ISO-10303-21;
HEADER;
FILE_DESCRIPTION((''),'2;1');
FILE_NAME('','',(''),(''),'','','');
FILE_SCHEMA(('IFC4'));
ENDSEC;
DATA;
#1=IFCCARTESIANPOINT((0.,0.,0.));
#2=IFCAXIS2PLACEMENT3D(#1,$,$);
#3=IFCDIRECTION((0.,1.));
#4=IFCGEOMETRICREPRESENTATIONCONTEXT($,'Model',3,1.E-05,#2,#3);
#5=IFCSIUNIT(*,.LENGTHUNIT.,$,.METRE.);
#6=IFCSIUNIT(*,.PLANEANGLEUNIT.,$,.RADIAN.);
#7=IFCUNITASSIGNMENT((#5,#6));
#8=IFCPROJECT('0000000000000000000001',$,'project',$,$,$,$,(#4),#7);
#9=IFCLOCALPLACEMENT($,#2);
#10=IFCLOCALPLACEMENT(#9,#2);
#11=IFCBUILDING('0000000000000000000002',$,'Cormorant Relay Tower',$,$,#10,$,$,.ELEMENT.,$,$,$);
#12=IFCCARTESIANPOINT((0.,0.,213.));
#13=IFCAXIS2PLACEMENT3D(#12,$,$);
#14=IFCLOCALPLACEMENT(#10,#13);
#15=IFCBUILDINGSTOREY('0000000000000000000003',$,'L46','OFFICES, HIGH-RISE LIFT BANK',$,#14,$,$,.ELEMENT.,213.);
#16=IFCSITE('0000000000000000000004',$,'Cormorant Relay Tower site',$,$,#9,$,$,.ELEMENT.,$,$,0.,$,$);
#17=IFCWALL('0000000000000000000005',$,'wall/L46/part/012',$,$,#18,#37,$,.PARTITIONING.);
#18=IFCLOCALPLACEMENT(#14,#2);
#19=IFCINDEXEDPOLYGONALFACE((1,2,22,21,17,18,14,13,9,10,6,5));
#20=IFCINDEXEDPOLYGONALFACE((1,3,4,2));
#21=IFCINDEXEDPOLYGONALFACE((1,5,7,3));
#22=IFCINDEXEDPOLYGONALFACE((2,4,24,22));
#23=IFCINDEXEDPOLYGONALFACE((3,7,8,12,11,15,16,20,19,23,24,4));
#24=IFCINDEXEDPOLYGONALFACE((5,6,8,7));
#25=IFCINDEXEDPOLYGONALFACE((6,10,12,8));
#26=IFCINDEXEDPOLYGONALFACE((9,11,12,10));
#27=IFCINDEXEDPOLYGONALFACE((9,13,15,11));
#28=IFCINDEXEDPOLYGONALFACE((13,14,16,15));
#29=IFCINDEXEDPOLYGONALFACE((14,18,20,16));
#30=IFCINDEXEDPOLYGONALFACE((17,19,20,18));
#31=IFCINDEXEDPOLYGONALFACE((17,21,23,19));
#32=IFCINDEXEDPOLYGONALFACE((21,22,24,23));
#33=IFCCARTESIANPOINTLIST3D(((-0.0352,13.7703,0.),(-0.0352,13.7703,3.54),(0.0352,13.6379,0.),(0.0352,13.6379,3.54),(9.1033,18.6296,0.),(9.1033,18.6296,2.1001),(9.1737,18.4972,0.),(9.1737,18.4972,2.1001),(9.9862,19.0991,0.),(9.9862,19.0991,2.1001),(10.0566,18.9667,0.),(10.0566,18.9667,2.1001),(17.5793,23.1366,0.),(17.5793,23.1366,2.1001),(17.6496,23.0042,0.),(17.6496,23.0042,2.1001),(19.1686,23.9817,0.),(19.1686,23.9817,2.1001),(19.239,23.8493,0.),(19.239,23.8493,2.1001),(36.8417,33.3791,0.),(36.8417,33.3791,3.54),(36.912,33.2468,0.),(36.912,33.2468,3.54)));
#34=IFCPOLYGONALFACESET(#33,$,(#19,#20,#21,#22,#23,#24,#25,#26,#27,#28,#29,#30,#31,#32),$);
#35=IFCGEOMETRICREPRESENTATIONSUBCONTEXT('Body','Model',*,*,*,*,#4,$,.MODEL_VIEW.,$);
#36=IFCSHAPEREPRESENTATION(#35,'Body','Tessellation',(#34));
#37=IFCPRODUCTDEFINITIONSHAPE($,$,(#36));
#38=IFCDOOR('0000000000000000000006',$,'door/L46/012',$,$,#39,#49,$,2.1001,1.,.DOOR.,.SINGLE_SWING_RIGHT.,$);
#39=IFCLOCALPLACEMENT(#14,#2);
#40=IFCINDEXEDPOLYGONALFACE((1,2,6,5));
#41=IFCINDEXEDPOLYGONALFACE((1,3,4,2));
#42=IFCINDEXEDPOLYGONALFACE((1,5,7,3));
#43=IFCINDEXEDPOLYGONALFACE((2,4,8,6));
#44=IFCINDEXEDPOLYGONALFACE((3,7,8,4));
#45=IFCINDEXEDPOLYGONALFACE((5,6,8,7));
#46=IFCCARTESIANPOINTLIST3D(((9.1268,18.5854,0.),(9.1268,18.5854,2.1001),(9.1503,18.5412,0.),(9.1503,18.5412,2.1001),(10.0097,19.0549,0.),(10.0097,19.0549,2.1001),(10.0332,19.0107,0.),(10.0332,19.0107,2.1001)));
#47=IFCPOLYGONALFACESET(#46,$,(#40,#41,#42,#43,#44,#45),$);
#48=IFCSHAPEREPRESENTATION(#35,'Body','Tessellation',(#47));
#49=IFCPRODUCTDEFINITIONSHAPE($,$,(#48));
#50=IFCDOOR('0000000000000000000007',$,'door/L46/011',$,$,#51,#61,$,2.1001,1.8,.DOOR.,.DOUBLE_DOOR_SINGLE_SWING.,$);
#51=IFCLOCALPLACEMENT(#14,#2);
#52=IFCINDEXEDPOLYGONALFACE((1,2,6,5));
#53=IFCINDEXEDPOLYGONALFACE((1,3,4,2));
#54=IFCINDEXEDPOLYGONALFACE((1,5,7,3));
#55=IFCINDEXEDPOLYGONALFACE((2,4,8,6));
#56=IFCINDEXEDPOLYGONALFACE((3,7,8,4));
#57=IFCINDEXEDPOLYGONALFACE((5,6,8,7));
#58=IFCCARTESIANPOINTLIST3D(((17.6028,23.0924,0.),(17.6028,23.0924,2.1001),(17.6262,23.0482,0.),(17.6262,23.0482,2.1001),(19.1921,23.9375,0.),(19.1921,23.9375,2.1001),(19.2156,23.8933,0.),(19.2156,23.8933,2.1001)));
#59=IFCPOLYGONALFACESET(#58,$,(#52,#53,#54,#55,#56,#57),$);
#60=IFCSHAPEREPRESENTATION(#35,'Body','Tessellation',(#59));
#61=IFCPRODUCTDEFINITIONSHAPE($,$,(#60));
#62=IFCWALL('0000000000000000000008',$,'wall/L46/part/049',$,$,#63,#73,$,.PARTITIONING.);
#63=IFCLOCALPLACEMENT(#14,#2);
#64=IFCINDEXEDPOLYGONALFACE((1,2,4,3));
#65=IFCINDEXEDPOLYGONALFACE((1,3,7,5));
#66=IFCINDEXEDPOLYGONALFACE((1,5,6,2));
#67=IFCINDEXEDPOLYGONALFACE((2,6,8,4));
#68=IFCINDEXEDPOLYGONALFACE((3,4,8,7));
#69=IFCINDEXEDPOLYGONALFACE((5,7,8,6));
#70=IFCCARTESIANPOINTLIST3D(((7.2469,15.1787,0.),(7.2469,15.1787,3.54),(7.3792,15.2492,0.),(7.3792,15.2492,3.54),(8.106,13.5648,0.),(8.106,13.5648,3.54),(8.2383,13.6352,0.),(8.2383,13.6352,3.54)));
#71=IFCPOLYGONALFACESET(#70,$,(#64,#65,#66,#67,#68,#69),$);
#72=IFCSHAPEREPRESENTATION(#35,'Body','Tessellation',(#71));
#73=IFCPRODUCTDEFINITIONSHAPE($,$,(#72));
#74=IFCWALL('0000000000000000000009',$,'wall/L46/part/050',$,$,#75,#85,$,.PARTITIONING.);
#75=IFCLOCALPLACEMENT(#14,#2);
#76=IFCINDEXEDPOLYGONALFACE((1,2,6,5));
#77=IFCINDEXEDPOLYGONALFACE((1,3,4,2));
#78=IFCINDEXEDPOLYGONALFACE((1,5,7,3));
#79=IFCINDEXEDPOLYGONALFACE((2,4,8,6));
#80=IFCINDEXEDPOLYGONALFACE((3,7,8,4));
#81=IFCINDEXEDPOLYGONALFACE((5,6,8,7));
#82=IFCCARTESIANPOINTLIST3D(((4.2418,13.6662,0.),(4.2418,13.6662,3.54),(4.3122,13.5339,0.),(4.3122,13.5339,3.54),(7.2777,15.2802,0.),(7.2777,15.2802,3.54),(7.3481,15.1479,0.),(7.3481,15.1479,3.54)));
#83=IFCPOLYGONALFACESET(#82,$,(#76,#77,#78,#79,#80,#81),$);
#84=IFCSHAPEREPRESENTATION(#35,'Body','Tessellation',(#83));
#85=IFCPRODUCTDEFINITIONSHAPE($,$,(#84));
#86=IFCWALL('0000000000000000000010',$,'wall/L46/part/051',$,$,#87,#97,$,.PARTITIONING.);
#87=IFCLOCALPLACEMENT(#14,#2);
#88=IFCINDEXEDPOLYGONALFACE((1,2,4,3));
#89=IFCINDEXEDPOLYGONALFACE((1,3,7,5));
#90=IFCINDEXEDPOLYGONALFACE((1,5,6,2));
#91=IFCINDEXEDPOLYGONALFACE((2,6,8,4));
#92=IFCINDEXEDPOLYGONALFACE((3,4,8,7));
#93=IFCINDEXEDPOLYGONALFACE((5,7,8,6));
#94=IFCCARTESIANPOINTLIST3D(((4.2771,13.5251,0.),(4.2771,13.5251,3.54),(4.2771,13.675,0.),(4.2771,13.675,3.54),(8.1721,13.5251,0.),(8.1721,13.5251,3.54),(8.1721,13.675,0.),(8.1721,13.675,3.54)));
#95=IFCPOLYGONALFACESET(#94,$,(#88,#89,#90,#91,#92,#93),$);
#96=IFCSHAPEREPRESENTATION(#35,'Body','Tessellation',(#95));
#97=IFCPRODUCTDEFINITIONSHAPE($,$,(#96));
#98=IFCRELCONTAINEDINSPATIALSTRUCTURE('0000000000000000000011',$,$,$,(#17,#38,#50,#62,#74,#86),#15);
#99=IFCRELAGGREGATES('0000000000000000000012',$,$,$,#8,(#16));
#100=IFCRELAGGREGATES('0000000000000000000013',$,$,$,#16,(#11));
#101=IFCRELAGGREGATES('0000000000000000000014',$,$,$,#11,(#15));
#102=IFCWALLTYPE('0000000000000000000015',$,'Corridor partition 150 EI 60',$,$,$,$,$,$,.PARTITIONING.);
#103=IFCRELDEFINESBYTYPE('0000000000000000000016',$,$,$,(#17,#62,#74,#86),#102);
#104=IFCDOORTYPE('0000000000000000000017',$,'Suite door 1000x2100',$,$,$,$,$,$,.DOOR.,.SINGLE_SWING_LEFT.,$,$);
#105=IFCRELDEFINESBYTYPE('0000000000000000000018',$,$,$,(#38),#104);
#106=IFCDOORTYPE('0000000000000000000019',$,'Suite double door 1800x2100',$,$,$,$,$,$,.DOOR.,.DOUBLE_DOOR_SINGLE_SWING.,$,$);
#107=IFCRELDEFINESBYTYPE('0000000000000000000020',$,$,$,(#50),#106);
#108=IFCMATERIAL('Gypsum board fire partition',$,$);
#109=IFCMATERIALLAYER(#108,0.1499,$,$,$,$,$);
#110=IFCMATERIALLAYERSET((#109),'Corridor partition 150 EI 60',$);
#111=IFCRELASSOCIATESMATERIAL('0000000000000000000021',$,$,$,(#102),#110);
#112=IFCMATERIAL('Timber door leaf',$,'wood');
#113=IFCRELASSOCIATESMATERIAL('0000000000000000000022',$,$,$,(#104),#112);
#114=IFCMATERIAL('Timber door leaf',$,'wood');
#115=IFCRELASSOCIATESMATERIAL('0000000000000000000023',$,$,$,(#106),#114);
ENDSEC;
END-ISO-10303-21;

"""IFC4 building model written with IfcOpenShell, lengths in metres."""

from ifc_helpers import new_model, si_unit, direction, frame, frame_2d, origin, place, context, subcontext, project, spatial, rectangle, extrude, material, layer, layer_set, type_object, element, fill, save


model = new_model("IFC4")

# Units and contexts
model_context = context("Model", 3, precision=1e-05, world=origin(), true_north=direction((0.0, 1.0)))
body_context = subcontext(model_context, "Body", "Model", "MODEL_VIEW")
ifc_project = project(units=[si_unit("LENGTHUNIT", "METRE"), si_unit("PLANEANGLEUNIT", "RADIAN")], contexts=[model_context])

# Site, building, storey
site_placement = place(None, origin())
site = spatial("IfcSite", under=ifc_project, at=site_placement, Name="Cormorant Relay Tower site", CompositionType="ELEMENT", RefElevation=0.0)
building_placement = place(site_placement, origin())
building = spatial("IfcBuilding", under=site, at=building_placement, Name="Cormorant Relay Tower", CompositionType="ELEMENT")
storey_placement = place(building_placement, frame((0.0, 0.0, 213.0)))
storey = spatial("IfcBuildingStorey", under=building, at=storey_placement, Name="L46", Description="OFFICES, HIGH-RISE LIFT BANK", CompositionType="ELEMENT", Elevation=213.0)

# Wall, openings, doors
ifc_material_1 = material(Name="Gypsum board fire partition")
ifc_layer_1 = layer(ifc_material_1, 0.1499)
ifc_layer_set_1 = layer_set([ifc_layer_1], Name="Corridor partition 150 EI 60")
wall_type_1 = type_object("IfcWallType", Name="Corridor partition 150 EI 60", PredefinedType="PARTITIONING", material=ifc_layer_set_1)
wall_1_placement = place(storey_placement, frame((0.0, 13.7041, 0.0), z_axis=(0.0, 0.0, 1.0), x_axis=(0.882937, 0.469491, 0.0)))
wall_1 = element("IfcWall", 1, at=wall_1_placement, inside=storey, type_object=wall_type_1, Name="wall/L46/part/012", PredefinedType="PARTITIONING", context=body_context, shape_type="SweptSolid", body=[
    extrude(rectangle(XDim=41.7661, YDim=0.1499, at=frame_2d((20.8831, 0.0))), origin(), (0.0, 0.0, 1.0), 3.54),
])
opening_1_placement = place(wall_1_placement, frame((19.95, 0.0, 0.0)))
opening_1 = element("IfcOpeningElement", 2, at=opening_1_placement, cuts=wall_1, PredefinedType="OPENING", context=body_context, shape_type="SweptSolid", body=[
    extrude(rectangle(XDim=1.8, YDim=2.1001, at=frame_2d((0.8999, 1.05))), frame((0.0, 0.085, 0.0), z_axis=(0.0, -1.0, 0.0), x_axis=(1.0, 0.0, 0.0)), (0.0, 0.0, 1.0), 0.1699),
])
opening_2_placement = place(wall_1_placement, frame((10.3501, 0.0, 0.0)))
opening_2 = element("IfcOpeningElement", 3, at=opening_2_placement, cuts=wall_1, PredefinedType="OPENING", context=body_context, shape_type="SweptSolid", body=[
    extrude(rectangle(XDim=1.0, YDim=2.1001, at=frame_2d((0.5, 1.05))), frame((0.0, 0.085, 0.0), z_axis=(0.0, -1.0, 0.0), x_axis=(1.0, 0.0, 0.0)), (0.0, 0.0, 1.0), 0.1699),
])
ifc_material_2 = material(Name="Timber door leaf", Category="wood")
door_type_1 = type_object("IfcDoorType", Name="Suite door 1000x2100", OperationType="SINGLE_SWING_LEFT", PredefinedType="DOOR", material=ifc_material_2)
door_1_placement = place(opening_2_placement, origin())
door_1 = element("IfcDoor", 4, at=door_1_placement, inside=storey, type_object=door_type_1, Name="door/L46/012", OperationType="SINGLE_SWING_RIGHT", OverallHeight=2.1001, OverallWidth=1.0, PredefinedType="DOOR", context=body_context, shape_type="SweptSolid", body=[
    extrude(rectangle(XDim=1.0, YDim=2.1001, at=frame_2d((0.5, 1.05))), frame((0.0, 0.0249, 0.0), z_axis=(0.0, -1.0, 0.0), x_axis=(1.0, 0.0, 0.0)), (0.0, 0.0, 1.0), 0.05),
])
fill(opening_2, door_1)
ifc_material_3 = material(Name="Timber door leaf", Category="wood")
door_type_2 = type_object("IfcDoorType", Name="Suite double door 1800x2100", OperationType="DOUBLE_DOOR_SINGLE_SWING", PredefinedType="DOOR", material=ifc_material_3)
door_2_placement = place(opening_1_placement, origin())
door_2 = element("IfcDoor", 5, at=door_2_placement, inside=storey, type_object=door_type_2, Name="door/L46/011", OperationType="DOUBLE_DOOR_SINGLE_SWING", OverallHeight=2.1001, OverallWidth=1.8, PredefinedType="DOOR", context=body_context, shape_type="SweptSolid", body=[
    extrude(rectangle(XDim=1.8, YDim=2.1001, at=frame_2d((0.8999, 1.05))), frame((0.0, 0.0249, 0.0), z_axis=(0.0, -1.0, 0.0), x_axis=(1.0, 0.0, 0.0)), (0.0, 0.0, 1.0), 0.05),
])
fill(opening_1, door_2)

# Walls
wall_2_placement = place(storey_placement, frame((8.1721, 13.6001, 0.0), z_axis=(0.0, 0.0, 1.0), x_axis=(-0.469874, 0.882733, 0.0)))
element("IfcWall", 6, at=wall_2_placement, inside=storey, type_object=wall_type_1, Name="wall/L46/part/049", PredefinedType="PARTITIONING", context=body_context, shape_type="SweptSolid", body=[
    extrude(rectangle(XDim=1.8284, YDim=0.1499, at=frame_2d((0.9141, 0.0))), origin(), (0.0, 0.0, 1.0), 3.54),
])
wall_3_placement = place(storey_placement, frame((7.313, 15.2141, 0.0), z_axis=(0.0, 0.0, 1.0), x_axis=(-0.882971, -0.469427, 0.0)))
element("IfcWall", 7, at=wall_3_placement, inside=storey, type_object=wall_type_1, Name="wall/L46/part/050", PredefinedType="PARTITIONING", context=body_context, shape_type="SweptSolid", body=[
    extrude(rectangle(XDim=3.4382, YDim=0.1499, at=frame_2d((1.7192, 0.0))), origin(), (0.0, 0.0, 1.0), 3.54),
])
wall_4_placement = place(storey_placement, frame((4.2771, 13.6001, 0.0), z_axis=(0.0, 0.0, 1.0), x_axis=(1.0, 0.0, 0.0)))
element("IfcWall", 8, at=wall_4_placement, inside=storey, type_object=wall_type_1, Name="wall/L46/part/051", PredefinedType="PARTITIONING", context=body_context, shape_type="SweptSolid", body=[
    extrude(rectangle(XDim=3.895, YDim=0.1499, at=frame_2d((1.9475, 0.0))), origin(), (0.0, 0.0, 1.0), 3.54),
])

save(model, "model.ifc")
